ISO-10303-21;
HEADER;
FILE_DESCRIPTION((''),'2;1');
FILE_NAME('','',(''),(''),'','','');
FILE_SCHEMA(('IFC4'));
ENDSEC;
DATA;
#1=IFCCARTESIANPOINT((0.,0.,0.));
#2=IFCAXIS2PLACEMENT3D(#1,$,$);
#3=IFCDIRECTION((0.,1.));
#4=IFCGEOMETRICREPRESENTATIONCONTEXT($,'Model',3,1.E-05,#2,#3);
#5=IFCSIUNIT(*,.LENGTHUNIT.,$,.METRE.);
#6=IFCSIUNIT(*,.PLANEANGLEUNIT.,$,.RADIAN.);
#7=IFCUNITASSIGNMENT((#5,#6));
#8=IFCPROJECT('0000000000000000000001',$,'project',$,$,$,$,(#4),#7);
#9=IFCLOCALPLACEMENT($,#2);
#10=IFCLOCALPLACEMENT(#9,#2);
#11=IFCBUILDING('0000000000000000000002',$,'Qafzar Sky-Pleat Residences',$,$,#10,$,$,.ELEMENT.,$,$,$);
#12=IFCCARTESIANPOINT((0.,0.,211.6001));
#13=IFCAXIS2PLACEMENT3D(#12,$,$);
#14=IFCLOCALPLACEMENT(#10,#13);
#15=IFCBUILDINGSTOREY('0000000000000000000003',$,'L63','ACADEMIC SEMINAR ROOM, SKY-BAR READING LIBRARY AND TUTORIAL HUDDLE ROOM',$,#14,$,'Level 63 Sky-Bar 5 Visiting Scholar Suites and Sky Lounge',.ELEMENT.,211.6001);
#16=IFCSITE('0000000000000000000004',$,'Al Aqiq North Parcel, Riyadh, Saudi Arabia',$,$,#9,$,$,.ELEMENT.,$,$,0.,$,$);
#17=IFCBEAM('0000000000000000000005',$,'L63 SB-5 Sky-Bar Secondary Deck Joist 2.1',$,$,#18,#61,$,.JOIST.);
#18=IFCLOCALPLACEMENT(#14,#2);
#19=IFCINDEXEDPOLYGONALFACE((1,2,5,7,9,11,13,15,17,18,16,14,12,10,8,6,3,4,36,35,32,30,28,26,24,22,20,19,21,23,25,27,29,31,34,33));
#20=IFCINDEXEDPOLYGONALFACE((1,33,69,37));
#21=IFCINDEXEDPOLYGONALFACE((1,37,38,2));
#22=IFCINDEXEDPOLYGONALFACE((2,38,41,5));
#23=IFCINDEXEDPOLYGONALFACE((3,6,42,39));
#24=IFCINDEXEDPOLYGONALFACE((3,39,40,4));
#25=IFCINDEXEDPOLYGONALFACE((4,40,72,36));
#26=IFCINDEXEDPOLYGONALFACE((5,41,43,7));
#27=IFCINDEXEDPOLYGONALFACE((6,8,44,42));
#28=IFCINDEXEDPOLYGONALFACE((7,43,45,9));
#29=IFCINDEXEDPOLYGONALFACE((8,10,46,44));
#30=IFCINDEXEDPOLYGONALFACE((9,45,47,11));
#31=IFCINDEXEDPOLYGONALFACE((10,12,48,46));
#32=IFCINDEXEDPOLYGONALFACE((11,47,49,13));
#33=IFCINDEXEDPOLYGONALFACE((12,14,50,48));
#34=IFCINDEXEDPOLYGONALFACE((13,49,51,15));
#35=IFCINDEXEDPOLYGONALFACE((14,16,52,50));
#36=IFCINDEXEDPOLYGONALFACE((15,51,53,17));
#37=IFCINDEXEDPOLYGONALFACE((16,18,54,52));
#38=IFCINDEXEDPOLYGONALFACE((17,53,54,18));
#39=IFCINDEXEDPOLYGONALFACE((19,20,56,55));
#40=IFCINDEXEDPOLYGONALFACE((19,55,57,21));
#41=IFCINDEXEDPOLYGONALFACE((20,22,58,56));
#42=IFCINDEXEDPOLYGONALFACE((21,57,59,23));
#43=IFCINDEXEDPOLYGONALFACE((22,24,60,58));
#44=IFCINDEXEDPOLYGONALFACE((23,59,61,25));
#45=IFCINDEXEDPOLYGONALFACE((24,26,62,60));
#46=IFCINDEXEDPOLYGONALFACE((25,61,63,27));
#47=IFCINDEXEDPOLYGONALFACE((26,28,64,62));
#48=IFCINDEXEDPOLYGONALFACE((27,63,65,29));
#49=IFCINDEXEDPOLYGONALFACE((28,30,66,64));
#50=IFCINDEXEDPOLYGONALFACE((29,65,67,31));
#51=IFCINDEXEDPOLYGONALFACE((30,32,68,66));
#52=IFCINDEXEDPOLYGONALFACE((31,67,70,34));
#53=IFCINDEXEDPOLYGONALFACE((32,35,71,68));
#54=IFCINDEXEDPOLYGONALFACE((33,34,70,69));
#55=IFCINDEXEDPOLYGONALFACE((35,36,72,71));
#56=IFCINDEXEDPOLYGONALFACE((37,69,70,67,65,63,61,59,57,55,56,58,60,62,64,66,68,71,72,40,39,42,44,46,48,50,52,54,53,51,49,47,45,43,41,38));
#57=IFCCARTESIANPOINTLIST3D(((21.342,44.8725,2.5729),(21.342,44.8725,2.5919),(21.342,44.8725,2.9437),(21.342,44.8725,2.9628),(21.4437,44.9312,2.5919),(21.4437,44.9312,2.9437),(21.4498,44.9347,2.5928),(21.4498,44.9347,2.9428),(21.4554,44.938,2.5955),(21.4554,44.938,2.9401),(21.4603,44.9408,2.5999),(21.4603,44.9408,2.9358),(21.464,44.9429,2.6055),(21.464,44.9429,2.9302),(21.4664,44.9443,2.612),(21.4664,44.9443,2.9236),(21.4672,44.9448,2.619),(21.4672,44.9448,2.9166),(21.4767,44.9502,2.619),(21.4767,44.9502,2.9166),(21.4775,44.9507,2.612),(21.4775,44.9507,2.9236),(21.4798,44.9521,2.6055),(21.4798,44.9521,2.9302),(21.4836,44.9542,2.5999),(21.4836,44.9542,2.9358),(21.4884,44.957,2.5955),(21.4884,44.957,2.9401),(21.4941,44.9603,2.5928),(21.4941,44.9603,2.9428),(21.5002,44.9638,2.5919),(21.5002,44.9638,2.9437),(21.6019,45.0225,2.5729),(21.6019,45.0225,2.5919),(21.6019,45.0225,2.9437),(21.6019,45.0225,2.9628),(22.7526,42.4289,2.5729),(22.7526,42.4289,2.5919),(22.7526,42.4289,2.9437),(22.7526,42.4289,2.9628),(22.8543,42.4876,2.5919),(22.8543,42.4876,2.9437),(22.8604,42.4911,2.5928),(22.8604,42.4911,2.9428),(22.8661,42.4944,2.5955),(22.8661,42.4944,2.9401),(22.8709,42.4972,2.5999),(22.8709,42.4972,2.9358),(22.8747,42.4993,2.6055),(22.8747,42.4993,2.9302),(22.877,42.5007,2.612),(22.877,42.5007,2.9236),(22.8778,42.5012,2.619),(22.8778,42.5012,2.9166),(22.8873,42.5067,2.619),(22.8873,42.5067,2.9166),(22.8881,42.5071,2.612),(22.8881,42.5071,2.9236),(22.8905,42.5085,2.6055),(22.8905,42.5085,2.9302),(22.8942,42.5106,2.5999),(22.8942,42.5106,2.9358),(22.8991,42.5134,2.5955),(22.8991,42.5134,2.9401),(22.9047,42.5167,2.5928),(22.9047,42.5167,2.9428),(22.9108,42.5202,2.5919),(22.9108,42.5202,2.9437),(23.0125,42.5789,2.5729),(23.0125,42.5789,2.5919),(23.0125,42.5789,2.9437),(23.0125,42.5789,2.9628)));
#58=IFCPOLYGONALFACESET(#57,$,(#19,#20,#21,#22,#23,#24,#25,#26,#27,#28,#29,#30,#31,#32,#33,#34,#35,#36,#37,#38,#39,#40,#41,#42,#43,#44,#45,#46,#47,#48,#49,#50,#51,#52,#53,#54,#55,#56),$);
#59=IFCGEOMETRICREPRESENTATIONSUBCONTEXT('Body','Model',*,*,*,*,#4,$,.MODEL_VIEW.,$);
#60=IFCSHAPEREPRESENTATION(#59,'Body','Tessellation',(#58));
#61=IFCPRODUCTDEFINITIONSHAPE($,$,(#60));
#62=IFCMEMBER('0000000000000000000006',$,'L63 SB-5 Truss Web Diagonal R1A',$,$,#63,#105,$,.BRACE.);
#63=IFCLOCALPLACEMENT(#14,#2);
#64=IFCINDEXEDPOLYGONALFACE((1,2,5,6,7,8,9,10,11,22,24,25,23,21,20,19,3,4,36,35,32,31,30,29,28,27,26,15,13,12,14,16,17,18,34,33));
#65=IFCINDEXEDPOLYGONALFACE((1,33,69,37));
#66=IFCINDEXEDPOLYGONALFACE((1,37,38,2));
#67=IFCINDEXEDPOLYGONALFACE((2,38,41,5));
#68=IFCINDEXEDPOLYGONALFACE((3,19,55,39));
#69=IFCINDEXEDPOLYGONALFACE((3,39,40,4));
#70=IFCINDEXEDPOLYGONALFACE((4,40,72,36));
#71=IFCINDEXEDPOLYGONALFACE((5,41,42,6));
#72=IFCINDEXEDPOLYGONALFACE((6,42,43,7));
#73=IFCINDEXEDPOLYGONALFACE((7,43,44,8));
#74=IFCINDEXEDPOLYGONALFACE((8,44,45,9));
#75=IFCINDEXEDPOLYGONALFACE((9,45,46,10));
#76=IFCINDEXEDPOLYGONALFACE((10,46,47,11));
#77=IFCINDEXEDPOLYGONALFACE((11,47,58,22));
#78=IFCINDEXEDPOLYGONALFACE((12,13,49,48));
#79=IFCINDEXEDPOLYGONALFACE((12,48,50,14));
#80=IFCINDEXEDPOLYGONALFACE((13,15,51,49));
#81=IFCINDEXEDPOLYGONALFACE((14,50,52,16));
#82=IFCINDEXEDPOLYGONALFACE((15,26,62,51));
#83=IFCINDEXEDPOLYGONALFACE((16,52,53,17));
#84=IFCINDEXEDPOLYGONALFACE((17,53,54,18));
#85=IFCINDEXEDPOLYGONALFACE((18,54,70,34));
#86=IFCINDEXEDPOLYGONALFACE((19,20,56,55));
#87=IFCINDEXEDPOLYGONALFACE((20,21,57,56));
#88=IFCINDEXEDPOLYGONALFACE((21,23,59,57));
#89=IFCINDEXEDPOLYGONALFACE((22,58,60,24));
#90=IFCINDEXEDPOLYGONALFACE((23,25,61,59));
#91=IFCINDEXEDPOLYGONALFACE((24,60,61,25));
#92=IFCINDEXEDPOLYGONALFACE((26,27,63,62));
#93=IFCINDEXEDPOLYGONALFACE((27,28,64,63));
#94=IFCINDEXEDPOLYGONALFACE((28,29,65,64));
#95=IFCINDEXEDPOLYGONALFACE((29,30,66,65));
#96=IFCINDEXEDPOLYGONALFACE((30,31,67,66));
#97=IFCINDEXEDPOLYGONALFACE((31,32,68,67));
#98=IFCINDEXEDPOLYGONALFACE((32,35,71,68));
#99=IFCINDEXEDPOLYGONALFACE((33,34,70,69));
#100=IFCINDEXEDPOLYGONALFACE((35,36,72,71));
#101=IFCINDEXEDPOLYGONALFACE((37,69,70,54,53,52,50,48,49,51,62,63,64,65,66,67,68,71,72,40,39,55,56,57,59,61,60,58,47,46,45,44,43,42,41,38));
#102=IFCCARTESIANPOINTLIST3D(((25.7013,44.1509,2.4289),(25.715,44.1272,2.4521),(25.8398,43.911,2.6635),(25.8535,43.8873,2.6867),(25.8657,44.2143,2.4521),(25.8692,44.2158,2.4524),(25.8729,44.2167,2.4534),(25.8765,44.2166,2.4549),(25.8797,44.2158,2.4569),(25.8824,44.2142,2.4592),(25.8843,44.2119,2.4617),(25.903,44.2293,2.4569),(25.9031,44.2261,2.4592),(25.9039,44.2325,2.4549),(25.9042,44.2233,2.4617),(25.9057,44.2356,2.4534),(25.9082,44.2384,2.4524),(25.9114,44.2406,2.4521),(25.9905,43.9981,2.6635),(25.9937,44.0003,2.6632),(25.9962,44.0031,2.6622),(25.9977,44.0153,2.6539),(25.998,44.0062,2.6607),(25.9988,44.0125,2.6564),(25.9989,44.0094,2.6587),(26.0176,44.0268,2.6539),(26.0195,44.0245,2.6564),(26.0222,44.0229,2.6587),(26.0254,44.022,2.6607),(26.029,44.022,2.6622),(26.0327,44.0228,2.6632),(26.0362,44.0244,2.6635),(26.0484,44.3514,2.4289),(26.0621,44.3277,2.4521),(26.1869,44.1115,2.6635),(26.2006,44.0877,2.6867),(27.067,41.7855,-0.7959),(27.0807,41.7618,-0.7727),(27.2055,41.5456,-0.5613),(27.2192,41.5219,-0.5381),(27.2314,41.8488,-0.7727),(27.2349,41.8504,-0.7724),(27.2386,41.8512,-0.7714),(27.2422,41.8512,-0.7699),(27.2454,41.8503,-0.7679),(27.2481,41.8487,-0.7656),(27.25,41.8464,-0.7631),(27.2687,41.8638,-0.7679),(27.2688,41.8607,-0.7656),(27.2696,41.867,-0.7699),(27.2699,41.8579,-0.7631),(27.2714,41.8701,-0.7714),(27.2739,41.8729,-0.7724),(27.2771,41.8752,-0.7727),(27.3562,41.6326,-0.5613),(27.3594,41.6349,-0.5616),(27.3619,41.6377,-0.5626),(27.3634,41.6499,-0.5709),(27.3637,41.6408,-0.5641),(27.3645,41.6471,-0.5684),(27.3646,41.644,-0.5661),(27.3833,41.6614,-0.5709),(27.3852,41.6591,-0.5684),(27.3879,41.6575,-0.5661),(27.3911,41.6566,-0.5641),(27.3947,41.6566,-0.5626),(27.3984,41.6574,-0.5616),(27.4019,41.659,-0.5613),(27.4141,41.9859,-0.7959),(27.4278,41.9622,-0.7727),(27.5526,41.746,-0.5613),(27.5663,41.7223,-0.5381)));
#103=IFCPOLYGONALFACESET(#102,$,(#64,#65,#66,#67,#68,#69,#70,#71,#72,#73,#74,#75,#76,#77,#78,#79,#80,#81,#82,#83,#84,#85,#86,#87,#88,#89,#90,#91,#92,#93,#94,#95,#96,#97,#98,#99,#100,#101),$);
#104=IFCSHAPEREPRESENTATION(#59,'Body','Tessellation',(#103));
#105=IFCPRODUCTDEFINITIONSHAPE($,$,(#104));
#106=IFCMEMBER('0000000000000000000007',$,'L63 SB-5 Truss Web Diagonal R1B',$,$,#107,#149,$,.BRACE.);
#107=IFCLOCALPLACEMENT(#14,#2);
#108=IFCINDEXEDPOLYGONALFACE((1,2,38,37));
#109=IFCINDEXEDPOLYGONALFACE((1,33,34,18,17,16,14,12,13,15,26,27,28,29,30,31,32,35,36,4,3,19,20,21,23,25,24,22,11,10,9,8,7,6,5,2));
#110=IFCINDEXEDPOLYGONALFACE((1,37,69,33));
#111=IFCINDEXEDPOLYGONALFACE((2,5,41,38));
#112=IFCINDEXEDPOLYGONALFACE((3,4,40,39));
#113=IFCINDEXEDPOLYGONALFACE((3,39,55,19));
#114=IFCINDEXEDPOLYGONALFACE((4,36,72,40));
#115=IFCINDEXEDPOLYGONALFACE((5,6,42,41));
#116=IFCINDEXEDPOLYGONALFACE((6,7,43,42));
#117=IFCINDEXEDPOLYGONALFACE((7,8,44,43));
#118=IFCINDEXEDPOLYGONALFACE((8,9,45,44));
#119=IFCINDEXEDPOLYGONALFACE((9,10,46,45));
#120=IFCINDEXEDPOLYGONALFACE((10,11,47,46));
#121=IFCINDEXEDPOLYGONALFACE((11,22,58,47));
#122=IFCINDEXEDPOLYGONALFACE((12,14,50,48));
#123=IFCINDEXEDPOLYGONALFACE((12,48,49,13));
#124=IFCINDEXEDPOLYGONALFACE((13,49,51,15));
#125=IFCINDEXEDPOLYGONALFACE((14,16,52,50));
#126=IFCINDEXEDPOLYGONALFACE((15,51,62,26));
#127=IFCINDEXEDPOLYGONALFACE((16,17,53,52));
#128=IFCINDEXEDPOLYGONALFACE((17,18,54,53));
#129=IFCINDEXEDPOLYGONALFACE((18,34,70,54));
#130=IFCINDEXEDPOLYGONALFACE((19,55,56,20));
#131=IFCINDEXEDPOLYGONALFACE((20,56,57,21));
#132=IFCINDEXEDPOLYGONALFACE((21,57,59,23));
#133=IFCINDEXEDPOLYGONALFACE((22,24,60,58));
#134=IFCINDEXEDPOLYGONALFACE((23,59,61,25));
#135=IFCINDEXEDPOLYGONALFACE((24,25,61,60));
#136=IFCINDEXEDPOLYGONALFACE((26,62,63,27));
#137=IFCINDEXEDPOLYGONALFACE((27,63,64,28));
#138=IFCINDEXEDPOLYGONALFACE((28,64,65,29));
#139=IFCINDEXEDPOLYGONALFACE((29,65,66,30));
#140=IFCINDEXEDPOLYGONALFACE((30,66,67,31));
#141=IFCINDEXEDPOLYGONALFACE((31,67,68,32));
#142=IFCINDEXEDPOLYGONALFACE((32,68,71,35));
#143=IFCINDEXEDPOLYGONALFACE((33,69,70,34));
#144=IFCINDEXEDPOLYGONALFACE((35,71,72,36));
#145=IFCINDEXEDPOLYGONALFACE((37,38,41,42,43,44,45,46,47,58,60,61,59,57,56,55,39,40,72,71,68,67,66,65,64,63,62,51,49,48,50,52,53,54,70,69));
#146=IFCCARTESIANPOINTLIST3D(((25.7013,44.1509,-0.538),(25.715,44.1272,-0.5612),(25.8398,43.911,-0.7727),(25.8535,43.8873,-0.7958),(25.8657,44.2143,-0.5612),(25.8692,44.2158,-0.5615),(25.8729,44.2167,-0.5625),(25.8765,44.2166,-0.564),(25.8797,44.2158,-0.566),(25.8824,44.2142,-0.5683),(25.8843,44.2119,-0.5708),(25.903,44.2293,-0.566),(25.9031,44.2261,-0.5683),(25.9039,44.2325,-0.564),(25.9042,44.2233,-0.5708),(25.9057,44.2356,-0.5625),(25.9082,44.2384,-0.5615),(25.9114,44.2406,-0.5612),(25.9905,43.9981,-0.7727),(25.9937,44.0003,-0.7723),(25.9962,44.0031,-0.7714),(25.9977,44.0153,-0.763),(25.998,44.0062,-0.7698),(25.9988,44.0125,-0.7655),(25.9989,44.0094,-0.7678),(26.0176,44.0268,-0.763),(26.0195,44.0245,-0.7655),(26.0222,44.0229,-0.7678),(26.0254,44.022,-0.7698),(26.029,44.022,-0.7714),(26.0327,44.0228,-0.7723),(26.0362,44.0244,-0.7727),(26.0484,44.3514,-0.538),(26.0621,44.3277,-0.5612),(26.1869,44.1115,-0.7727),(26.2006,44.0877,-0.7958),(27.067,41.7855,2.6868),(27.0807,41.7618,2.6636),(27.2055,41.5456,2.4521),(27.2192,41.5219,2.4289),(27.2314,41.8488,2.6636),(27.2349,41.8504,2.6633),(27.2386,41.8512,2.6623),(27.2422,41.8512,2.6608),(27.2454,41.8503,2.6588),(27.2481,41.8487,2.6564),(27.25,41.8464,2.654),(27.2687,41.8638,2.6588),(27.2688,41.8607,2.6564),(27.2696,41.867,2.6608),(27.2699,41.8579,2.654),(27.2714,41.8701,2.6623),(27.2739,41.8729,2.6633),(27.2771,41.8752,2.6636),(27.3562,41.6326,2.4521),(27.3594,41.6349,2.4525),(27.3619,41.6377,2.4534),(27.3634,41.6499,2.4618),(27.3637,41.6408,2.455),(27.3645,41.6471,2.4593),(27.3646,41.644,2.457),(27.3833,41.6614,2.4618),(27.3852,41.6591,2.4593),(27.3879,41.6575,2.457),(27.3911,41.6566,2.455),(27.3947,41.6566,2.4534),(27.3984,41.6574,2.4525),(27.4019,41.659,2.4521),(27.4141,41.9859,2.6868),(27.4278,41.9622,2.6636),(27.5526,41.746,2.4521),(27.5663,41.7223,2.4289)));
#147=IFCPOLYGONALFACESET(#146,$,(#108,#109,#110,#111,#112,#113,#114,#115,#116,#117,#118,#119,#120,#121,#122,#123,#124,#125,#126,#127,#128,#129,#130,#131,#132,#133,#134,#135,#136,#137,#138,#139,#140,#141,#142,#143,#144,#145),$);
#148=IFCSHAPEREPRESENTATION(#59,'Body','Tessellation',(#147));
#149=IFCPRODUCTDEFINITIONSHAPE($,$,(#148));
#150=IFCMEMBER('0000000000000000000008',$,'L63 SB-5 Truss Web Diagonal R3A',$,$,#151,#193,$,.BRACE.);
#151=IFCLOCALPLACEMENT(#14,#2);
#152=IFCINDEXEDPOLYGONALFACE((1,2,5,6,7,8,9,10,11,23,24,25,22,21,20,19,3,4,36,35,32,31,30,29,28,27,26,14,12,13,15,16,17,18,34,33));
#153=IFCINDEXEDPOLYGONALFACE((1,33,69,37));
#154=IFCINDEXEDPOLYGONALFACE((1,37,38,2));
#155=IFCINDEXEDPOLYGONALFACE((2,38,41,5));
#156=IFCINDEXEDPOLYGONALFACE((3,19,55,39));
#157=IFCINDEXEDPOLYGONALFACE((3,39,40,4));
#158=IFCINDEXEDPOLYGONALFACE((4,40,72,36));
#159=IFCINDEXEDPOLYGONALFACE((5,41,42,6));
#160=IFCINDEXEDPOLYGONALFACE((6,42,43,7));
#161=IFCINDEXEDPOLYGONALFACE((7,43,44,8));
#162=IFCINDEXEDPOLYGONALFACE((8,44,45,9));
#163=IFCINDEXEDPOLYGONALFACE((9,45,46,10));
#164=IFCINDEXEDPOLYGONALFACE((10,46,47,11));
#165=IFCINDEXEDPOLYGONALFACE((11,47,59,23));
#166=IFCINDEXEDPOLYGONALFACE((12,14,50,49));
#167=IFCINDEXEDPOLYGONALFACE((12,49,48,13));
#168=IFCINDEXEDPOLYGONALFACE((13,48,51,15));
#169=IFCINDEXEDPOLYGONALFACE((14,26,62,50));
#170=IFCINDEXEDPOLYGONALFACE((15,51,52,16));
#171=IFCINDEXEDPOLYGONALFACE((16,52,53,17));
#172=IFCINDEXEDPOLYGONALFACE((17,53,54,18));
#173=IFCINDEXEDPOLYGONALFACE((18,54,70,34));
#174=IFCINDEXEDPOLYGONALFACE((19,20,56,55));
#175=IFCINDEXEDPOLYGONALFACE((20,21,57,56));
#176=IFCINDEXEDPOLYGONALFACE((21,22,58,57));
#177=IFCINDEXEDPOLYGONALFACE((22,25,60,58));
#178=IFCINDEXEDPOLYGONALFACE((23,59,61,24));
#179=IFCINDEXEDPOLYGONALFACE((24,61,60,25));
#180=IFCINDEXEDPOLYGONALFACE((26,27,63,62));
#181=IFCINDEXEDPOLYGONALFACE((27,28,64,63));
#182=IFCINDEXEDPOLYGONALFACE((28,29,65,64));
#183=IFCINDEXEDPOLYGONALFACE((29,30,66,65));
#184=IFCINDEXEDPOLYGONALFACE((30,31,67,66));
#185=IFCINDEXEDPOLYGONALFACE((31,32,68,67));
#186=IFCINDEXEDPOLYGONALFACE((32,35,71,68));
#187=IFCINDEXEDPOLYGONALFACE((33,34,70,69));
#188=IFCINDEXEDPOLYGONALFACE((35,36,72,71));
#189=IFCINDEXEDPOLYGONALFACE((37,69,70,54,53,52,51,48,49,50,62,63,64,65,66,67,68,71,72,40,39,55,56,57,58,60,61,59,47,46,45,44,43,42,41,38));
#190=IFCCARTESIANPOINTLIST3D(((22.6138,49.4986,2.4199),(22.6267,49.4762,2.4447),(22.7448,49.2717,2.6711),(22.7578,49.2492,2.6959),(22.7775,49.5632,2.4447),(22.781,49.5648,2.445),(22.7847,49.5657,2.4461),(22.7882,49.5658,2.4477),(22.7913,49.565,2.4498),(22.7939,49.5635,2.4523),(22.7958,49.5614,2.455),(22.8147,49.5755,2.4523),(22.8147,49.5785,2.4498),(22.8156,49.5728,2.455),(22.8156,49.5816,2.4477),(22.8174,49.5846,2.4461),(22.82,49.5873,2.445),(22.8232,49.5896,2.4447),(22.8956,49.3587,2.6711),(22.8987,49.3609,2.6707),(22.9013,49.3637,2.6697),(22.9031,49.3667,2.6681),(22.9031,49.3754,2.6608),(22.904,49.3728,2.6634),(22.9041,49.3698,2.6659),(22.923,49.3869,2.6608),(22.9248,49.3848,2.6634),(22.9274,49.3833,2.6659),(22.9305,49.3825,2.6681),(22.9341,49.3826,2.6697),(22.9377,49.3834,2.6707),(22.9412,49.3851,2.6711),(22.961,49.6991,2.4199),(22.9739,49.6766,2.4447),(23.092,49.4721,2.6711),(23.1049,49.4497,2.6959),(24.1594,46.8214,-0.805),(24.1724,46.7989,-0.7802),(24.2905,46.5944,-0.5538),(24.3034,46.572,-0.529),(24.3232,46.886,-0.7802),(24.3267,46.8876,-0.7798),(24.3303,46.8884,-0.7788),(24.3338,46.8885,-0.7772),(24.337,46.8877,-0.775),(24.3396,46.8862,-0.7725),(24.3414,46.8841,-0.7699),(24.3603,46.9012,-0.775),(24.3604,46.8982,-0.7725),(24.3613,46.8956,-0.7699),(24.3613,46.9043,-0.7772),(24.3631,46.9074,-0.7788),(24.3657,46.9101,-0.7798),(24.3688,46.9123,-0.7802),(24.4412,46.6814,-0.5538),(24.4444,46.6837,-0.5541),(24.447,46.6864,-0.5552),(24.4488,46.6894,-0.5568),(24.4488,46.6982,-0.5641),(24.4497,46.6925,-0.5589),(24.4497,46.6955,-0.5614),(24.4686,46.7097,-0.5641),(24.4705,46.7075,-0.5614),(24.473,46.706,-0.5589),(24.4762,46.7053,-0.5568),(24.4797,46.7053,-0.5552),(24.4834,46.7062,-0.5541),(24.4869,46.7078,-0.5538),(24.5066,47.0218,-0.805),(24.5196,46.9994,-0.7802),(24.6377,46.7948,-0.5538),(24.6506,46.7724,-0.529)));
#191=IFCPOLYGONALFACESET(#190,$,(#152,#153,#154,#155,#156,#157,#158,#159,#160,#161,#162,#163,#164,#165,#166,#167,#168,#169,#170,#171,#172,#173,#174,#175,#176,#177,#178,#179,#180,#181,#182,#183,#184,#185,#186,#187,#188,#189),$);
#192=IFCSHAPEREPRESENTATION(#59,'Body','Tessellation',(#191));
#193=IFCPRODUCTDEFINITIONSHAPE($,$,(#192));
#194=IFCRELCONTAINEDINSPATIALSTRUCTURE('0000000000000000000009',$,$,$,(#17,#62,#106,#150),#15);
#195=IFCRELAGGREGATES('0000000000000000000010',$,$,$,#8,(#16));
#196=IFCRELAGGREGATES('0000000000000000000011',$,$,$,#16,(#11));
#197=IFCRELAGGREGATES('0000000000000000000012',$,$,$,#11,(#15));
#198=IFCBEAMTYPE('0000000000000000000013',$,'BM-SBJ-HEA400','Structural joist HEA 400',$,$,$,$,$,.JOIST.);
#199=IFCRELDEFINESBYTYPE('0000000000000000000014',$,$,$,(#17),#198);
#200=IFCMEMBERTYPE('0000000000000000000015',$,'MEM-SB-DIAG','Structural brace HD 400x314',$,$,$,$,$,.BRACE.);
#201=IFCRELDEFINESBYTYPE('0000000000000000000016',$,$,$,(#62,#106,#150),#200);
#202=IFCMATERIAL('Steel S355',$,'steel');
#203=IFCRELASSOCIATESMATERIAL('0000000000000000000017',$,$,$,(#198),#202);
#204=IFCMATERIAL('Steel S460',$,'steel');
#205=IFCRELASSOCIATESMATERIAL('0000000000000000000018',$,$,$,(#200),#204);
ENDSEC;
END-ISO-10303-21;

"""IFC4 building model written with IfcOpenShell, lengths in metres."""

from ifc_helpers import new_model, si_unit, direction, frame, origin, origin_2d, place, context, subcontext, project, spatial, i_section, extrude, source, transform, mapped, material, material_profile, profile_set, type_object, element, save


model = new_model("IFC4")

# Units and contexts
model_context = context("Model", 3, precision=1e-05, world=origin(), true_north=direction((0.0, 1.0)))
body_context = subcontext(model_context, "Body", "Model", "MODEL_VIEW")
ifc_project = project(units=[si_unit("LENGTHUNIT", "METRE"), si_unit("PLANEANGLEUNIT", "RADIAN")], contexts=[model_context])

# Site, building, storey
site_placement = place(None, origin())
site = spatial("IfcSite", under=ifc_project, at=site_placement, Name="Al Aqiq North Parcel, Riyadh, Saudi Arabia", CompositionType="ELEMENT", RefElevation=0.0)
building_placement = place(site_placement, origin())
building = spatial("IfcBuilding", under=site, at=building_placement, Name="Qafzar Sky-Pleat Residences", CompositionType="ELEMENT")
storey_placement = place(building_placement, frame((0.0, 0.0, 211.6001)))
storey = spatial("IfcBuildingStorey", under=building, at=storey_placement, Name="L63", Description="ACADEMIC SEMINAR ROOM, SKY-BAR READING LIBRARY AND TUTORIAL HUDDLE ROOM", LongName="Level 63 Sky-Bar 5 Visiting Scholar Suites and Sky Lounge", CompositionType="ELEMENT", Elevation=211.6001)

# Shared definitions
ifc_material_1 = material(Name="Steel S355", Category="steel")

# Beam
ifc_material_2 = material(Name="Steel S460", Category="steel")
ifc_material_profile_1 = material_profile(ifc_material_1, i_section(OverallWidth=0.3, OverallDepth=0.3899, WebThickness=0.011, FlangeThickness=0.019, FilletRadius=0.0271, at=origin_2d()), Name="HEA 400")
ifc_profile_set_1 = profile_set([ifc_material_profile_1], Name="Steel S355")
beam_type_1 = type_object("IfcBeamType", Name="BM-SBJ-HEA400", Description="Structural joist HEA 400", PredefinedType="JOIST", material=ifc_profile_set_1)
shared_shape_1 = source(origin(), body_context, "Body", "SweptSolid", [
    extrude(i_section(OverallWidth=0.3, OverallDepth=0.3899, WebThickness=0.011, FlangeThickness=0.019, FilletRadius=0.0271, at=origin_2d()), origin(), (0.0, 0.0, 1.0), 2.8215),
])
beam_1_placement = place(storey_placement, frame((22.8826, 42.5039, 2.7678), z_axis=(-0.499955, 0.866052, 0.0), x_axis=(-0.866052, -0.499955, 0.0)))
element("IfcBeam", 1, at=beam_1_placement, inside=storey, type_object=beam_type_1, Name="L63 SB-5 Sky-Bar Secondary Deck Joist 2.1", PredefinedType="JOIST", context=body_context, shape_type="MappedRepresentation", body=[
    mapped(shared_shape_1, transform((0.0, 0.0, 0.0), x_axis=(1.0, 0.0, 0.0), y_axis=(0.0, 1.0, 0.0), z_axis=(0.0, 0.0, 1.0), scale=1.0)),
])

# Members
ifc_material_profile_2 = material_profile(ifc_material_2, i_section(OverallWidth=0.4009, OverallDepth=0.3989, WebThickness=0.0229, FlangeThickness=0.0359, FilletRadius=0.0149, at=origin_2d()), Name="HD 400x314")
ifc_profile_set_2 = profile_set([ifc_material_profile_2], Name="Steel S460")
member_type = type_object("IfcMemberType", Name="MEM-SB-DIAG", Description="Structural brace HD 400x314", PredefinedType="BRACE", material=ifc_profile_set_2)
shared_shape_2 = source(origin(), body_context, "Body", "SweptSolid", [
    extrude(i_section(OverallWidth=0.4009, OverallDepth=0.3989, WebThickness=0.0229, FlangeThickness=0.0359, FilletRadius=0.0149, at=origin_2d()), origin(), (0.0, 0.0, 1.0), 4.2261),
])
for number, where, z_axis, x_axis, name in (
    (2, (27.3167, 41.7539, -0.667), (-0.32316, 0.559724, 0.763071), (-0.866023, -0.500004, 0.0), "L63 SB-5 Truss Web Diagonal R1A"),
    (3, (27.3167, 41.7539, 2.5579), (-0.32316, 0.559724, -0.763071), (-0.866023, -0.500004, 0.0), "L63 SB-5 Truss Web Diagonal R1B"),
):
    element("IfcMember", number, at=place(storey_placement, frame(where, z_axis=z_axis, x_axis=x_axis)), inside=storey, type_object=member_type, Name=name, PredefinedType="BRACE", context=body_context, shape_type="MappedRepresentation", body=[
        mapped(shared_shape_2, transform((0.0, 0.0, 0.0), x_axis=(1.0, 0.0, 0.0), y_axis=(0.0, 1.0, 0.0), z_axis=(0.0, 0.0, 1.0), scale=1.0)),
    ])
shared_shape_3 = source(origin(), body_context, "Body", "SweptSolid", [
    extrude(i_section(OverallWidth=0.4009, OverallDepth=0.3989, WebThickness=0.0229, FlangeThickness=0.0359, FilletRadius=0.0149, at=origin_2d()), origin(), (0.0, 0.0, 1.0), 4.4673),
])
for number, where, z_axis, x_axis, name in (
    (4, (24.405, 46.7969, -0.667), (-0.345996, 0.599304, 0.721887), (-0.866033, -0.499987, 0.0), "L63 SB-5 Truss Web Diagonal R3A"),
):
    element("IfcMember", number, at=place(storey_placement, frame(where, z_axis=z_axis, x_axis=x_axis)), inside=storey, type_object=member_type, Name=name, PredefinedType="BRACE", context=body_context, shape_type="MappedRepresentation", body=[
        mapped(shared_shape_3, transform((0.0, 0.0, 0.0), x_axis=(1.0, 0.0, 0.0), y_axis=(0.0, 1.0, 0.0), z_axis=(0.0, 0.0, 1.0), scale=1.0)),
    ])

save(model, "model.ifc")
